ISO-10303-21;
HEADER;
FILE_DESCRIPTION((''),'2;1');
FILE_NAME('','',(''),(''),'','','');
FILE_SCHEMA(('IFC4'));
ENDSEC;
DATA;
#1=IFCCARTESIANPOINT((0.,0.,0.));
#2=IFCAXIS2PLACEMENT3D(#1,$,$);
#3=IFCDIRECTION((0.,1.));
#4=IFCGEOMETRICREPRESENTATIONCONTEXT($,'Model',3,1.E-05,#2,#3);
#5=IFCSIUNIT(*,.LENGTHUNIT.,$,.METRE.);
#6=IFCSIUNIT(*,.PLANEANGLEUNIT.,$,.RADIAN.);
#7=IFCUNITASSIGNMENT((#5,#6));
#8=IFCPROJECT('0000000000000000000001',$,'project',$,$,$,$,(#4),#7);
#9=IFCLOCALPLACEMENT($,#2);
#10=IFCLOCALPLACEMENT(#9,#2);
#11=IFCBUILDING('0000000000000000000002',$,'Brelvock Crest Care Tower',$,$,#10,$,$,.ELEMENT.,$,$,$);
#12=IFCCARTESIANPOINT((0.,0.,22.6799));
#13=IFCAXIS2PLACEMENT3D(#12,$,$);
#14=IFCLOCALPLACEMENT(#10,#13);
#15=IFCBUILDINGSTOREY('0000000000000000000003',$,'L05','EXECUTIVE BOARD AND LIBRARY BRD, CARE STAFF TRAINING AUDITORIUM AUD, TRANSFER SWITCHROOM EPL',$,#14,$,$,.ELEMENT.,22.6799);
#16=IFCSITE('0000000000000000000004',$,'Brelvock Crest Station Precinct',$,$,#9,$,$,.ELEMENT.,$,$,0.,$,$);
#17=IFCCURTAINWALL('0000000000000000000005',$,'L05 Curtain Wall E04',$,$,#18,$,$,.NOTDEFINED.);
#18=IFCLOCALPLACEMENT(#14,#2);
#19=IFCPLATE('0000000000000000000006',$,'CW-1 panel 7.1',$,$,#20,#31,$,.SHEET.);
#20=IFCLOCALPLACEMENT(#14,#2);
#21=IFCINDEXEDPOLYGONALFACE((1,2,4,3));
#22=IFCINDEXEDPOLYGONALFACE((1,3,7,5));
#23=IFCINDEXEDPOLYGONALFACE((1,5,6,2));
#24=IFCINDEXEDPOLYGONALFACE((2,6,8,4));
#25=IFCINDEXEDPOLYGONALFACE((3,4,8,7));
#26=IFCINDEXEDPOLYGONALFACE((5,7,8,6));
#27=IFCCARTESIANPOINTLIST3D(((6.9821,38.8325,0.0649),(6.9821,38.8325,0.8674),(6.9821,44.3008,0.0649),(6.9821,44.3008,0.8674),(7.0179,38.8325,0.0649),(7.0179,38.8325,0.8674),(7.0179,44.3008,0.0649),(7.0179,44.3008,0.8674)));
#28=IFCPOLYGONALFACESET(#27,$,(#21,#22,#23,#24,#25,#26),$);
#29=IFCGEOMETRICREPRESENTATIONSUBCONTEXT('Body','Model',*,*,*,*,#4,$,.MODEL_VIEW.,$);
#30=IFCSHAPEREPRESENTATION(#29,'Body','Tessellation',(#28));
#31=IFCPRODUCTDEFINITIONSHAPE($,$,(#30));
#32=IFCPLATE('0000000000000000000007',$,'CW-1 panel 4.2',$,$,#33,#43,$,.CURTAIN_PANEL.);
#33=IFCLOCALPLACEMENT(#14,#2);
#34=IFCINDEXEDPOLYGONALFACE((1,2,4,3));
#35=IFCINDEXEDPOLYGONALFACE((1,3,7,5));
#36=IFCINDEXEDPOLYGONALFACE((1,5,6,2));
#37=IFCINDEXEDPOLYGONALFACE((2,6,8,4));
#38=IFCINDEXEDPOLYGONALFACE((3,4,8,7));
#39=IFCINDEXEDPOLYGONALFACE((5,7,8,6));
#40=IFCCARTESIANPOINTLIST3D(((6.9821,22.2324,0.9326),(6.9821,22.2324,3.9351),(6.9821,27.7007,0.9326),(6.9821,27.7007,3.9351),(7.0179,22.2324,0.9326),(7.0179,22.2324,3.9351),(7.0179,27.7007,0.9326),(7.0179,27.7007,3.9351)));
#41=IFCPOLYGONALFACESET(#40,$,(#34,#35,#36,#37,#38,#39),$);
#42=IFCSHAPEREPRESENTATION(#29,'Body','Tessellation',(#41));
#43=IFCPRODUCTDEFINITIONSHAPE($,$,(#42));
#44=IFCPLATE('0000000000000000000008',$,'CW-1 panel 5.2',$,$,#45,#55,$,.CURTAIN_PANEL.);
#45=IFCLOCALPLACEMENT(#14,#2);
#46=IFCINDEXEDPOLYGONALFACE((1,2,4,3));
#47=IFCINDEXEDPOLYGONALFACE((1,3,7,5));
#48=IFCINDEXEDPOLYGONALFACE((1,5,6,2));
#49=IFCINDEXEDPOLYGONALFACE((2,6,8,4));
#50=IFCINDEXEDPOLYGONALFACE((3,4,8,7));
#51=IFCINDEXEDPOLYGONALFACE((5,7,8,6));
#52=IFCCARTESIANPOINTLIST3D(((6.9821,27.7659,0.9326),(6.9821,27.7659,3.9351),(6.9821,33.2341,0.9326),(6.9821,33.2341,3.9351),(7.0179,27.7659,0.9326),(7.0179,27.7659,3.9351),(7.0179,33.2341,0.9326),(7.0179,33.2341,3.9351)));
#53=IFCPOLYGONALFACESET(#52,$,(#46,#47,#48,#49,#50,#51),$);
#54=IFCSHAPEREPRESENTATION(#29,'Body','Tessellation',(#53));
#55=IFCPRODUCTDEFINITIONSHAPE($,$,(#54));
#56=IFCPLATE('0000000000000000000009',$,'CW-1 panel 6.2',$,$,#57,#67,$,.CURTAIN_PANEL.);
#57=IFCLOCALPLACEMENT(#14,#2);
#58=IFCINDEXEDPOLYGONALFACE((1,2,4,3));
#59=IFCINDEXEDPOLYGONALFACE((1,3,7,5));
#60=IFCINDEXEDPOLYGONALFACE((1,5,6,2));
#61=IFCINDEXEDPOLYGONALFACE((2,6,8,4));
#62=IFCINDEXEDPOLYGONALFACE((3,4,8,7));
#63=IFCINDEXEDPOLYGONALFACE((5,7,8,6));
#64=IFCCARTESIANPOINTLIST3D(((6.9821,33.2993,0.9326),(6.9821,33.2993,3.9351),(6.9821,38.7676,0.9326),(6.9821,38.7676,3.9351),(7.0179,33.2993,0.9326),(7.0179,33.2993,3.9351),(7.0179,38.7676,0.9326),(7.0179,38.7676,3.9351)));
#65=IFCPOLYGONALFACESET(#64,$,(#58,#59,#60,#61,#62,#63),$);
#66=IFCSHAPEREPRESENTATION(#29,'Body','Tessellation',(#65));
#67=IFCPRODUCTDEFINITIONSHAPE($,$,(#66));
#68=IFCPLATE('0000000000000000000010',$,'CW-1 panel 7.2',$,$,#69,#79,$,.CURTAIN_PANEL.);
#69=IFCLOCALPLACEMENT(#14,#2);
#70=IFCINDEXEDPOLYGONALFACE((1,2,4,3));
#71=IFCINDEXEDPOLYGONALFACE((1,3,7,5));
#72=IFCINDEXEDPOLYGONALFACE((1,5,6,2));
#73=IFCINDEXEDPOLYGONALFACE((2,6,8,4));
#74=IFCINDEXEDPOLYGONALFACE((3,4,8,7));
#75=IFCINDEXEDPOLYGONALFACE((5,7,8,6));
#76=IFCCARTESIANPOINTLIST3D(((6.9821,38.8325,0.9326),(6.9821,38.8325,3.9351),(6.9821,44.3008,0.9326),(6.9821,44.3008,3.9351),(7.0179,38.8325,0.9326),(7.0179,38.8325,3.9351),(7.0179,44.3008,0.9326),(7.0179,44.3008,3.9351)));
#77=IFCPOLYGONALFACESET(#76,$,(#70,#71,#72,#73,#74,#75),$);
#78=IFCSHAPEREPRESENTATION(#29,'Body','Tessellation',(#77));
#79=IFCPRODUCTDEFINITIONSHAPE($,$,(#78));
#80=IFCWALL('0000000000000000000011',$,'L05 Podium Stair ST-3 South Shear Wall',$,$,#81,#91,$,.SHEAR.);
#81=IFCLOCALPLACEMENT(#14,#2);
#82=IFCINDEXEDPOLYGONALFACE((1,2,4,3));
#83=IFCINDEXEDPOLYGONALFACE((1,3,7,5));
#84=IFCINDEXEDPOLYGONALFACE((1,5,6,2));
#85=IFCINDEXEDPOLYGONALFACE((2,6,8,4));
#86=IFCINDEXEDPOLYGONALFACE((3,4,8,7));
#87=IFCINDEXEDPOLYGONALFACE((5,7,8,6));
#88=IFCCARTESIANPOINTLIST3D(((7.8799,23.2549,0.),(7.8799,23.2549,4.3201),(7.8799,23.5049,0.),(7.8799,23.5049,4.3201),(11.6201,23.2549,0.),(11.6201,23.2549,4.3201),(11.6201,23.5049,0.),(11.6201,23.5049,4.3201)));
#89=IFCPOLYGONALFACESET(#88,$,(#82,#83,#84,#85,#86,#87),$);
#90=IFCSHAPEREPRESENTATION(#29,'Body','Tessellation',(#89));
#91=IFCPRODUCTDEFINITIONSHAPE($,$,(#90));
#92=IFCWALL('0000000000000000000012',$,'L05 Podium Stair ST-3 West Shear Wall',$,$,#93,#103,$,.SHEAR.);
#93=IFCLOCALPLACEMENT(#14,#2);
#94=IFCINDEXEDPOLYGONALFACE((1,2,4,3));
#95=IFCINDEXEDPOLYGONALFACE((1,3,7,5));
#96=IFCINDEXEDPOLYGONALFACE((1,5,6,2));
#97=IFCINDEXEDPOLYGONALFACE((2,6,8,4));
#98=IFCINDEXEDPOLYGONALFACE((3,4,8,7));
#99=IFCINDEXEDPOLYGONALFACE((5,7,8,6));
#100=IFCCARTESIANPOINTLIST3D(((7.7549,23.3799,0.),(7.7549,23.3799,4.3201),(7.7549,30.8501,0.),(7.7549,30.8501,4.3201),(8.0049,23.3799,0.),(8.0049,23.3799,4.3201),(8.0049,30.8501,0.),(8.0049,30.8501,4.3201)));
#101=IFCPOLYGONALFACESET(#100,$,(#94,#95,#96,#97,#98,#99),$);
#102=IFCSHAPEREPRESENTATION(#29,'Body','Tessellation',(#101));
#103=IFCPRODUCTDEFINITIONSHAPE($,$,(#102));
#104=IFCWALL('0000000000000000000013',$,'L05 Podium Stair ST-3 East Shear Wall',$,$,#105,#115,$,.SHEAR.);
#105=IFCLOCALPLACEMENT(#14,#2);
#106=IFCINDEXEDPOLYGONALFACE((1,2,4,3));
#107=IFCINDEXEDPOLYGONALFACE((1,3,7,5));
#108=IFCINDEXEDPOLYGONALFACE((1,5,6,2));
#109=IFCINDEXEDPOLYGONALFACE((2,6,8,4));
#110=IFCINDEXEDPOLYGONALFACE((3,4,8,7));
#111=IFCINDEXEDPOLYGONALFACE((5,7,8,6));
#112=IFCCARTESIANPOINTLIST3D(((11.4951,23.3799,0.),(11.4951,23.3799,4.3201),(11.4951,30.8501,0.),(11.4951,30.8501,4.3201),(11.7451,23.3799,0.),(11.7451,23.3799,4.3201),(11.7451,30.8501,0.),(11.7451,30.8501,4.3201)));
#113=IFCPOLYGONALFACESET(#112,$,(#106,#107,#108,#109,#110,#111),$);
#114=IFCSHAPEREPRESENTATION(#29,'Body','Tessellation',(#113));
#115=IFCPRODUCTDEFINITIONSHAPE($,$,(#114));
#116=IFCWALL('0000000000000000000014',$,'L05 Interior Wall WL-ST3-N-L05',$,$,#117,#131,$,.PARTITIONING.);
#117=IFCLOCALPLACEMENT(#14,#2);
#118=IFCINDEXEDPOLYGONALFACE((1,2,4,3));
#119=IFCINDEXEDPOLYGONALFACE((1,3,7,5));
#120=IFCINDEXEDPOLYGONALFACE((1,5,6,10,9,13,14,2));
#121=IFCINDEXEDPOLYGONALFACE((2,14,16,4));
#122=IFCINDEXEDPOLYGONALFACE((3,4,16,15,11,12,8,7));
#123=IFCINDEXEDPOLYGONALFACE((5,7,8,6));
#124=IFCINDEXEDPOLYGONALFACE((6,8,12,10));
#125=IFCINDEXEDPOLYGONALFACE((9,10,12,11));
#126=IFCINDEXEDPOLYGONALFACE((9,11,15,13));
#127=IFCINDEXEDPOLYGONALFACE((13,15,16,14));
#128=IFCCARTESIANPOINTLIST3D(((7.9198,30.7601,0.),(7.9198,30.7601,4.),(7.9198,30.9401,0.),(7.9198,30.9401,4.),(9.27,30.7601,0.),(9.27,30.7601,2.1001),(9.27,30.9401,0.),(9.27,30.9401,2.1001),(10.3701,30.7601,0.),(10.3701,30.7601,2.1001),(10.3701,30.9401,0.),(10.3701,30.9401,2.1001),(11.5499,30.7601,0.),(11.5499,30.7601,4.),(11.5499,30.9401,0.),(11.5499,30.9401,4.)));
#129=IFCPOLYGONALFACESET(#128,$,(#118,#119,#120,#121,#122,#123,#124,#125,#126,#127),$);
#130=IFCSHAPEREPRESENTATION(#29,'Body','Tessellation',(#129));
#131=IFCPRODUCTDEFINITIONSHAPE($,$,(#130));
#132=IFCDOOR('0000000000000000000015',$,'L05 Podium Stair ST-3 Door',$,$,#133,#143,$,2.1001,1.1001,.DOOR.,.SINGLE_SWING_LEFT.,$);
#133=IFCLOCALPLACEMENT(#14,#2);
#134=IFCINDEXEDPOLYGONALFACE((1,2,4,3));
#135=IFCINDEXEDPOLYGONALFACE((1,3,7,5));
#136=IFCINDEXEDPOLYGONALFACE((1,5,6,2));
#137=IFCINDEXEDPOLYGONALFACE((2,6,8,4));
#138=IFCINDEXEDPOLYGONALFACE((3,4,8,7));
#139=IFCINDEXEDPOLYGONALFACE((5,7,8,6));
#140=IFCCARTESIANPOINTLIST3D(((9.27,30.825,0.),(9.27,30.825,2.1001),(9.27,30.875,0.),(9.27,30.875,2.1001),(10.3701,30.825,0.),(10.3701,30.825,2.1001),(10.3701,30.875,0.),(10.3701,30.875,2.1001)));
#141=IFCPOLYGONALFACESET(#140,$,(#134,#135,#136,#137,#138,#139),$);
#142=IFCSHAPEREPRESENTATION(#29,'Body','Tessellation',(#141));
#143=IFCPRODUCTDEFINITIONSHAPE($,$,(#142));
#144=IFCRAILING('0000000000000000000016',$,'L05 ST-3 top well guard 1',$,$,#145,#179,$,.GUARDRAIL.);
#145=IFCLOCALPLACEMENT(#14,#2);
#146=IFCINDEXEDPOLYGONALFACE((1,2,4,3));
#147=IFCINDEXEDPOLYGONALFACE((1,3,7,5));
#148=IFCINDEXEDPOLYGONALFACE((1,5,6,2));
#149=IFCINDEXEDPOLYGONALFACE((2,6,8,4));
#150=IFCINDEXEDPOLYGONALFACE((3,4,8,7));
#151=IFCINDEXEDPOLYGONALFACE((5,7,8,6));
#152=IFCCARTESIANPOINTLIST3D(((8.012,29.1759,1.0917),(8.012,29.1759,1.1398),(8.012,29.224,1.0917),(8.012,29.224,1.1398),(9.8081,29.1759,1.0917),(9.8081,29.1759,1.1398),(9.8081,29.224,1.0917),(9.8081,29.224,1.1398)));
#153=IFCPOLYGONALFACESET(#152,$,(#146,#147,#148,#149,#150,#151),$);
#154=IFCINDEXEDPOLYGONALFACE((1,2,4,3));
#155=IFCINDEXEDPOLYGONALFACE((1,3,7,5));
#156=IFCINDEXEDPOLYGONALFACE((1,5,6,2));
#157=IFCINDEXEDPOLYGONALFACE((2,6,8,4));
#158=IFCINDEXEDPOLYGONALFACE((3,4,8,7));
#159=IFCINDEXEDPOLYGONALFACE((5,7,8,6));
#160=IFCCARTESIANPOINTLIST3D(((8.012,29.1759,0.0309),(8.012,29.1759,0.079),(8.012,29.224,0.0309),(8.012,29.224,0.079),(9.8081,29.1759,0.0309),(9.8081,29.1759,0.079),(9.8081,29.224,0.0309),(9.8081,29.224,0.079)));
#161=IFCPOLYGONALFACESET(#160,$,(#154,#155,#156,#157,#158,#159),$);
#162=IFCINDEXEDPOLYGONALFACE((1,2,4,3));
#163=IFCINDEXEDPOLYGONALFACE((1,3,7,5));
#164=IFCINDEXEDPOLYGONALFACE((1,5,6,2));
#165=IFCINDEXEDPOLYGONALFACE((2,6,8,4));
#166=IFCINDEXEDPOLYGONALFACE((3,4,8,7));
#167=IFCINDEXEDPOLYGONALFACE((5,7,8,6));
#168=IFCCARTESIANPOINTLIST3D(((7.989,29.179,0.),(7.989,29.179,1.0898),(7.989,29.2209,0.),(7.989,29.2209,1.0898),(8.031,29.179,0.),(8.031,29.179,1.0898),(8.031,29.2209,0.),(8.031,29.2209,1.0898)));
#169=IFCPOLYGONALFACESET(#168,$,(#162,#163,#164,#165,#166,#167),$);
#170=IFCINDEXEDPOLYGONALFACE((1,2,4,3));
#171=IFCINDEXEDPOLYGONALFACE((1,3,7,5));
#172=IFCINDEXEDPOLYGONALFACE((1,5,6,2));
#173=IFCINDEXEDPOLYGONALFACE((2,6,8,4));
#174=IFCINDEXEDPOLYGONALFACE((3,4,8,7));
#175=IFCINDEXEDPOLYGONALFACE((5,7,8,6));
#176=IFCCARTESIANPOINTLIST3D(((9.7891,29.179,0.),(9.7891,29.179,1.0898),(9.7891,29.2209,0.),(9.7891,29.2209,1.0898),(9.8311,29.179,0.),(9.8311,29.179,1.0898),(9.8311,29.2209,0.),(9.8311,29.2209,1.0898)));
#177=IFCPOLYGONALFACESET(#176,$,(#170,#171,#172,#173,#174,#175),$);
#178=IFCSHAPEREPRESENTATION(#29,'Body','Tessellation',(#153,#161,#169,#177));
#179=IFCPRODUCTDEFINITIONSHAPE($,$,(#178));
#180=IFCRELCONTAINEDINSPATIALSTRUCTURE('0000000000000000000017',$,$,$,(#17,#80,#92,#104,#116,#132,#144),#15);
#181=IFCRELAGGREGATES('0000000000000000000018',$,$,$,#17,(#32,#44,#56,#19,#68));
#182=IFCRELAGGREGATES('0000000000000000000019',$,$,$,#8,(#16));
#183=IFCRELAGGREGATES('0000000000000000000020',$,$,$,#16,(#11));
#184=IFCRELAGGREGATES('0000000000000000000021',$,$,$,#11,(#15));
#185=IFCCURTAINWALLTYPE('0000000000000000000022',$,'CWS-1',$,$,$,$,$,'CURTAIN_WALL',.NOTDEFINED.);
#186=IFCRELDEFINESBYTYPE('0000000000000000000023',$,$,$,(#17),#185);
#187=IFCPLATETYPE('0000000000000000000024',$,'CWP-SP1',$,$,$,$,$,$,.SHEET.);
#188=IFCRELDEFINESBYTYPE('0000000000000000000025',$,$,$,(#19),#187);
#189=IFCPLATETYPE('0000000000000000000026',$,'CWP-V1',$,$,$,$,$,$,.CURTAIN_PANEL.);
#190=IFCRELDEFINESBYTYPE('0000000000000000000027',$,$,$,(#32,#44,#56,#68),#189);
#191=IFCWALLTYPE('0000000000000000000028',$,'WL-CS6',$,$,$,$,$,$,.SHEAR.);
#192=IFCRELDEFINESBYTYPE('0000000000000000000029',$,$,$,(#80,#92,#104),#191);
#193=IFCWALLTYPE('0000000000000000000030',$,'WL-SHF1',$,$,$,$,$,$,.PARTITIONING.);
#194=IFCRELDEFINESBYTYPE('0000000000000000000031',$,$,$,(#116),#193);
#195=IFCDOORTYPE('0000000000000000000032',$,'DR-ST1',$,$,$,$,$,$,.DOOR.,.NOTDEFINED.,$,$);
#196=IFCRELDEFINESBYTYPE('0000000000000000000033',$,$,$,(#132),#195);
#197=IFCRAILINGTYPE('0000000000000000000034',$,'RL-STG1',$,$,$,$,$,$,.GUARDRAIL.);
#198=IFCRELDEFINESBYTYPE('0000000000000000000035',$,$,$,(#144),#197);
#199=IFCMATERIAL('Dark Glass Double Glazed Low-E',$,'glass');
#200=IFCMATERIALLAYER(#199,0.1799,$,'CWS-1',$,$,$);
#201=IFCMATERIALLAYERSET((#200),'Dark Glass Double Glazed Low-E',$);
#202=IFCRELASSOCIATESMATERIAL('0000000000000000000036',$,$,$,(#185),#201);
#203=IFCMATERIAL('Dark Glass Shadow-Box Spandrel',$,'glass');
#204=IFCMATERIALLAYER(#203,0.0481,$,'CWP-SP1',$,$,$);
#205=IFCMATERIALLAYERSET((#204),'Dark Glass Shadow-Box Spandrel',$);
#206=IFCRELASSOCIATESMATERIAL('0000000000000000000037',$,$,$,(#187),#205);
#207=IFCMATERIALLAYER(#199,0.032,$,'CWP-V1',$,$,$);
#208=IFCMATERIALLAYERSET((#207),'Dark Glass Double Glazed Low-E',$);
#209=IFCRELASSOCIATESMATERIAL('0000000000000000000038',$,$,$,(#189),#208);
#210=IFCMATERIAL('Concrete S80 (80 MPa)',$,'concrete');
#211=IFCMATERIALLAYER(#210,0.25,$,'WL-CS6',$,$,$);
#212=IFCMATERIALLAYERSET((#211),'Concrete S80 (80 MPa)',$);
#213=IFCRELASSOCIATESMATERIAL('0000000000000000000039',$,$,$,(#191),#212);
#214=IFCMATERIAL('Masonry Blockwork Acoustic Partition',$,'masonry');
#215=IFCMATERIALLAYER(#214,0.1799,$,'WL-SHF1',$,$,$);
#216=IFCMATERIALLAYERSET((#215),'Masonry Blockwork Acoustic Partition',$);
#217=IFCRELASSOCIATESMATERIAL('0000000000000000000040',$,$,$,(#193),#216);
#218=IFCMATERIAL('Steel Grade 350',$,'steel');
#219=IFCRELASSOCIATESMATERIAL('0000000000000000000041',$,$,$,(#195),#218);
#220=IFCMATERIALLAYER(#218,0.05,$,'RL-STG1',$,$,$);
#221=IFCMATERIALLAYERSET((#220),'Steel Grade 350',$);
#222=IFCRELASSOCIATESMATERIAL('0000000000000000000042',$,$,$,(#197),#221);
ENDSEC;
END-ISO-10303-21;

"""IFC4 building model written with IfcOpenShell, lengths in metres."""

from ifc_helpers import new_model, si_unit, direction, frame, frame_2d, origin, origin_2d, place, context, subcontext, project, spatial, rectangle, extrude, source, transform, mapped, material, layer, layer_set, type_object, element, fill, aggregate, save


model = new_model("IFC4")

# Units and contexts
model_context = context("Model", 3, precision=1e-05, world=origin(), true_north=direction((0.0, 1.0)))
body_context = subcontext(model_context, "Body", "Model", "MODEL_VIEW")
ifc_project = project(units=[si_unit("LENGTHUNIT", "METRE"), si_unit("PLANEANGLEUNIT", "RADIAN")], contexts=[model_context])

# Site, building, storey
site_placement = place(None, origin())
site = spatial("IfcSite", under=ifc_project, at=site_placement, Name="Brelvock Crest Station Precinct", CompositionType="ELEMENT", RefElevation=0.0)
building_placement = place(site_placement, origin())
building = spatial("IfcBuilding", under=site, at=building_placement, Name="Brelvock Crest Care Tower", CompositionType="ELEMENT")
storey_placement = place(building_placement, frame((0.0, 0.0, 22.6799)))
storey = spatial("IfcBuildingStorey", under=building, at=storey_placement, Name="L05", Description="EXECUTIVE BOARD AND LIBRARY BRD, CARE STAFF TRAINING AUDITORIUM AUD, TRANSFER SWITCHROOM EPL", CompositionType="ELEMENT", Elevation=22.6799)

# Shared definitions
ifc_material_1 = material(Name="Steel Grade 350", Category="steel")

# Curtain wall
ifc_material_2 = material(Name="Dark Glass Double Glazed Low-E", Category="glass")
ifc_layer_1 = layer(ifc_material_2, 0.1799, Name="CWS-1")
ifc_layer_set_1 = layer_set([ifc_layer_1], Name="Dark Glass Double Glazed Low-E")
curtain_wall_type = type_object("IfcCurtainWallType", Name="CWS-1", ElementType="CURTAIN_WALL", PredefinedType="NOTDEFINED", material=ifc_layer_set_1)
curtain_wall_placement = place(storey_placement, origin())
curtain_wall = element("IfcCurtainWall", 1, at=curtain_wall_placement, inside=storey, type_object=curtain_wall_type, Name="L05 Curtain Wall E04", PredefinedType="NOTDEFINED")

# Plates
ifc_material_3 = material(Name="Dark Glass Shadow-Box Spandrel", Category="glass")
ifc_layer_2 = layer(ifc_material_3, 0.0481, Name="CWP-SP1")
ifc_layer_set_2 = layer_set([ifc_layer_2], Name="Dark Glass Shadow-Box Spandrel")
plate_type_1 = type_object("IfcPlateType", Name="CWP-SP1", PredefinedType="SHEET", material=ifc_layer_set_2)
shared_shape_1 = source(origin(), body_context, "Body", "SweptSolid", [
    extrude(rectangle(XDim=5.4683, YDim=0.0359, at=origin_2d()), origin(), (0.0, 0.0, 1.0), 0.8025),
])
plate_1_placement = place(storey_placement, frame((7.0, 41.5667, 0.0649), z_axis=(0.0, 0.0, 1.0), x_axis=(0.0, 1.0, 0.0)))
plate_1 = element("IfcPlate", 2, at=plate_1_placement, type_object=plate_type_1, Name="CW-1 panel 7.1", PredefinedType="SHEET", context=body_context, shape_type="MappedRepresentation", body=[
    mapped(shared_shape_1, transform((0.0, 0.0, 0.0), x_axis=(1.0, 0.0, 0.0), y_axis=(0.0, 1.0, 0.0), z_axis=(0.0, 0.0, 1.0), scale=1.0)),
])
ifc_layer_3 = layer(ifc_material_2, 0.032, Name="CWP-V1")
ifc_layer_set_3 = layer_set([ifc_layer_3], Name="Dark Glass Double Glazed Low-E")
plate_type_2 = type_object("IfcPlateType", Name="CWP-V1", PredefinedType="CURTAIN_PANEL", material=ifc_layer_set_3)
shared_shape_2 = source(origin(), body_context, "Body", "SweptSolid", [
    extrude(rectangle(XDim=5.4683, YDim=0.0359, at=origin_2d()), origin(), (0.0, 0.0, 1.0), 3.0024),
])
plate_2_placement = place(storey_placement, frame((7.0, 24.9666, 0.9326), z_axis=(0.0, 0.0, 1.0), x_axis=(0.0, 1.0, 0.0)))
plate_2 = element("IfcPlate", 3, at=plate_2_placement, type_object=plate_type_2, Name="CW-1 panel 4.2", PredefinedType="CURTAIN_PANEL", context=body_context, shape_type="MappedRepresentation", body=[
    mapped(shared_shape_2, transform((0.0, 0.0, 0.0), x_axis=(1.0, 0.0, 0.0), y_axis=(0.0, 1.0, 0.0), z_axis=(0.0, 0.0, 1.0), scale=1.0)),
])
plate_3_placement = place(storey_placement, frame((7.0, 30.5, 0.9326), z_axis=(0.0, 0.0, 1.0), x_axis=(0.0, 1.0, 0.0)))
plate_3 = element("IfcPlate", 4, at=plate_3_placement, type_object=plate_type_2, Name="CW-1 panel 5.2", PredefinedType="CURTAIN_PANEL", context=body_context, shape_type="MappedRepresentation", body=[
    mapped(shared_shape_2, transform((0.0, 0.0, 0.0), x_axis=(1.0, 0.0, 0.0), y_axis=(0.0, 1.0, 0.0), z_axis=(0.0, 0.0, 1.0), scale=1.0)),
])
plate_4_placement = place(storey_placement, frame((7.0, 36.0334, 0.9326), z_axis=(0.0, 0.0, 1.0), x_axis=(0.0, 1.0, 0.0)))
plate_4 = element("IfcPlate", 5, at=plate_4_placement, type_object=plate_type_2, Name="CW-1 panel 6.2", PredefinedType="CURTAIN_PANEL", context=body_context, shape_type="MappedRepresentation", body=[
    mapped(shared_shape_2, transform((0.0, 0.0, 0.0), x_axis=(1.0, 0.0, 0.0), y_axis=(0.0, 1.0, 0.0), z_axis=(0.0, 0.0, 1.0), scale=1.0)),
])
plate_5_placement = place(storey_placement, frame((7.0, 41.5667, 0.9326), z_axis=(0.0, 0.0, 1.0), x_axis=(0.0, 1.0, 0.0)))
plate_5 = element("IfcPlate", 6, at=plate_5_placement, type_object=plate_type_2, Name="CW-1 panel 7.2", PredefinedType="CURTAIN_PANEL", context=body_context, shape_type="MappedRepresentation", body=[
    mapped(shared_shape_2, transform((0.0, 0.0, 0.0), x_axis=(1.0, 0.0, 0.0), y_axis=(0.0, 1.0, 0.0), z_axis=(0.0, 0.0, 1.0), scale=1.0)),
])
aggregate(curtain_wall, [plate_2, plate_3, plate_4, plate_1, plate_5])

# Walls
ifc_material_4 = material(Name="Concrete S80 (80 MPa)", Category="concrete")
ifc_layer_4 = layer(ifc_material_4, 0.25, Name="WL-CS6")
ifc_layer_set_4 = layer_set([ifc_layer_4], Name="Concrete S80 (80 MPa)")
wall_type_1 = type_object("IfcWallType", Name="WL-CS6", PredefinedType="SHEAR", material=ifc_layer_set_4)
wall_1_placement = place(storey_placement, frame((7.8799, 23.3799, 0.0), z_axis=(0.0, 0.0, 1.0), x_axis=(1.0, 0.0, 0.0)))
element("IfcWall", 7, at=wall_1_placement, inside=storey, type_object=wall_type_1, Name="L05 Podium Stair ST-3 South Shear Wall", PredefinedType="SHEAR", context=body_context, shape_type="SweptSolid", body=[
    extrude(rectangle(XDim=3.7402, YDim=0.25, at=frame_2d((1.8701, 0.0))), origin(), (0.0, 0.0, 1.0), 4.3201),
])
for number, where, z_axis, x_axis, name in (
    (8, (7.8799, 23.3799, 0.0), (0.0, 0.0, 1.0), (0.0, 1.0, 0.0), "L05 Podium Stair ST-3 West Shear Wall"),
    (9, (11.6201, 23.3799, 0.0), (0.0, 0.0, 1.0), (0.0, 1.0, 0.0), "L05 Podium Stair ST-3 East Shear Wall"),
):
    element("IfcWall", number, at=place(storey_placement, frame(where, z_axis=z_axis, x_axis=x_axis)), inside=storey, type_object=wall_type_1, Name=name, PredefinedType="SHEAR", context=body_context, shape_type="SweptSolid", body=[
        extrude(rectangle(XDim=7.4702, YDim=0.25, at=frame_2d((3.7351, 0.0))), origin(), (0.0, 0.0, 1.0), 4.3201),
    ])

# Wall, opening, door
ifc_material_5 = material(Name="Masonry Blockwork Acoustic Partition", Category="masonry")
ifc_layer_5 = layer(ifc_material_5, 0.1799, Name="WL-SHF1")
ifc_layer_set_5 = layer_set([ifc_layer_5], Name="Masonry Blockwork Acoustic Partition")
wall_type_2 = type_object("IfcWallType", Name="WL-SHF1", PredefinedType="PARTITIONING", material=ifc_layer_set_5)
wall_2_placement = place(storey_placement, frame((7.9199, 30.8501, 0.0), z_axis=(0.0, 0.0, 1.0), x_axis=(1.0, 0.0, 0.0)))
wall_2 = element("IfcWall", 10, at=wall_2_placement, inside=storey, type_object=wall_type_2, Name="L05 Interior Wall WL-ST3-N-L05", PredefinedType="PARTITIONING", context=body_context, shape_type="SweptSolid", body=[
    extrude(rectangle(XDim=3.6301, YDim=0.1799, at=frame_2d((1.8149, 0.0))), origin(), (0.0, 0.0, 1.0), 4.0),
])
opening_placement = place(wall_2_placement, frame((1.3501, 0.0, 0.0)))
opening = element("IfcOpeningElement", 11, at=opening_placement, cuts=wall_2, PredefinedType="OPENING", context=body_context, shape_type="SweptSolid", body=[
    extrude(rectangle(XDim=1.1001, YDim=2.1001, at=origin_2d()), frame((0.55, 0.1001, 1.05), z_axis=(0.0, -1.0, 0.0), x_axis=(1.0, 0.0, 0.0)), (0.0, 0.0, 1.0), 0.2),
])
door_type = type_object("IfcDoorType", Name="DR-ST1", OperationType="NOTDEFINED", PredefinedType="DOOR", material=ifc_material_1)
shared_shape_3 = source(origin(), body_context, "Body", "SweptSolid", [
    extrude(rectangle(XDim=1.1001, YDim=2.1001, at=origin_2d()), frame((0.55, 0.0249, 1.05), z_axis=(0.0, -1.0, 0.0), x_axis=(1.0, 0.0, 0.0)), (0.0, 0.0, 1.0), 0.05),
])
door_placement = place(opening_placement, origin())
door = element("IfcDoor", 12, at=door_placement, inside=storey, type_object=door_type, Name="L05 Podium Stair ST-3 Door", OperationType="SINGLE_SWING_LEFT", OverallHeight=2.1001, OverallWidth=1.1001, PredefinedType="DOOR", context=body_context, shape_type="MappedRepresentation", body=[
    mapped(shared_shape_3, transform((0.0, 0.0, 0.0), x_axis=(1.0, 0.0, 0.0), y_axis=(0.0, 1.0, 0.0), z_axis=(0.0, 0.0, 1.0), scale=1.0)),
])
fill(opening, door)

# Railing
ifc_layer_6 = layer(ifc_material_1, 0.05, Name="RL-STG1")
ifc_layer_set_6 = layer_set([ifc_layer_6], Name="Steel Grade 350")
railing_type = type_object("IfcRailingType", Name="RL-STG1", PredefinedType="GUARDRAIL", material=ifc_layer_set_6)
railing_1_placement = place(storey_placement, frame((8.01, 29.2, 0.0)))
element("IfcRailing", 13, at=railing_1_placement, inside=storey, type_object=railing_type, Name="L05 ST-3 top well guard 1", PredefinedType="GUARDRAIL", context=body_context, shape_type="SweptSolid", body=[
    extrude(rectangle(XDim=0.0481, YDim=0.0481, at=origin_2d()), frame((0.002, 0.0, 1.1157), z_axis=(1.0, 0.0, 0.0), x_axis=(0.0, 1.0, 0.0)), (0.0, 0.0, 1.0), 1.7961),
    extrude(rectangle(XDim=0.0481, YDim=0.0481, at=origin_2d()), frame((0.002, 0.0, 0.0549), z_axis=(1.0, 0.0, 0.0), x_axis=(0.0, 1.0, 0.0)), (0.0, 0.0, 1.0), 1.7961),
    extrude(rectangle(XDim=0.042, YDim=0.042, at=origin_2d()), origin(), (0.0, 0.0, 1.0), 1.0898),
    extrude(rectangle(XDim=0.042, YDim=0.042, at=origin_2d()), frame((1.8, 0.0, 0.0)), (0.0, 0.0, 1.0), 1.0898),
])

save(model, "model.ifc")
